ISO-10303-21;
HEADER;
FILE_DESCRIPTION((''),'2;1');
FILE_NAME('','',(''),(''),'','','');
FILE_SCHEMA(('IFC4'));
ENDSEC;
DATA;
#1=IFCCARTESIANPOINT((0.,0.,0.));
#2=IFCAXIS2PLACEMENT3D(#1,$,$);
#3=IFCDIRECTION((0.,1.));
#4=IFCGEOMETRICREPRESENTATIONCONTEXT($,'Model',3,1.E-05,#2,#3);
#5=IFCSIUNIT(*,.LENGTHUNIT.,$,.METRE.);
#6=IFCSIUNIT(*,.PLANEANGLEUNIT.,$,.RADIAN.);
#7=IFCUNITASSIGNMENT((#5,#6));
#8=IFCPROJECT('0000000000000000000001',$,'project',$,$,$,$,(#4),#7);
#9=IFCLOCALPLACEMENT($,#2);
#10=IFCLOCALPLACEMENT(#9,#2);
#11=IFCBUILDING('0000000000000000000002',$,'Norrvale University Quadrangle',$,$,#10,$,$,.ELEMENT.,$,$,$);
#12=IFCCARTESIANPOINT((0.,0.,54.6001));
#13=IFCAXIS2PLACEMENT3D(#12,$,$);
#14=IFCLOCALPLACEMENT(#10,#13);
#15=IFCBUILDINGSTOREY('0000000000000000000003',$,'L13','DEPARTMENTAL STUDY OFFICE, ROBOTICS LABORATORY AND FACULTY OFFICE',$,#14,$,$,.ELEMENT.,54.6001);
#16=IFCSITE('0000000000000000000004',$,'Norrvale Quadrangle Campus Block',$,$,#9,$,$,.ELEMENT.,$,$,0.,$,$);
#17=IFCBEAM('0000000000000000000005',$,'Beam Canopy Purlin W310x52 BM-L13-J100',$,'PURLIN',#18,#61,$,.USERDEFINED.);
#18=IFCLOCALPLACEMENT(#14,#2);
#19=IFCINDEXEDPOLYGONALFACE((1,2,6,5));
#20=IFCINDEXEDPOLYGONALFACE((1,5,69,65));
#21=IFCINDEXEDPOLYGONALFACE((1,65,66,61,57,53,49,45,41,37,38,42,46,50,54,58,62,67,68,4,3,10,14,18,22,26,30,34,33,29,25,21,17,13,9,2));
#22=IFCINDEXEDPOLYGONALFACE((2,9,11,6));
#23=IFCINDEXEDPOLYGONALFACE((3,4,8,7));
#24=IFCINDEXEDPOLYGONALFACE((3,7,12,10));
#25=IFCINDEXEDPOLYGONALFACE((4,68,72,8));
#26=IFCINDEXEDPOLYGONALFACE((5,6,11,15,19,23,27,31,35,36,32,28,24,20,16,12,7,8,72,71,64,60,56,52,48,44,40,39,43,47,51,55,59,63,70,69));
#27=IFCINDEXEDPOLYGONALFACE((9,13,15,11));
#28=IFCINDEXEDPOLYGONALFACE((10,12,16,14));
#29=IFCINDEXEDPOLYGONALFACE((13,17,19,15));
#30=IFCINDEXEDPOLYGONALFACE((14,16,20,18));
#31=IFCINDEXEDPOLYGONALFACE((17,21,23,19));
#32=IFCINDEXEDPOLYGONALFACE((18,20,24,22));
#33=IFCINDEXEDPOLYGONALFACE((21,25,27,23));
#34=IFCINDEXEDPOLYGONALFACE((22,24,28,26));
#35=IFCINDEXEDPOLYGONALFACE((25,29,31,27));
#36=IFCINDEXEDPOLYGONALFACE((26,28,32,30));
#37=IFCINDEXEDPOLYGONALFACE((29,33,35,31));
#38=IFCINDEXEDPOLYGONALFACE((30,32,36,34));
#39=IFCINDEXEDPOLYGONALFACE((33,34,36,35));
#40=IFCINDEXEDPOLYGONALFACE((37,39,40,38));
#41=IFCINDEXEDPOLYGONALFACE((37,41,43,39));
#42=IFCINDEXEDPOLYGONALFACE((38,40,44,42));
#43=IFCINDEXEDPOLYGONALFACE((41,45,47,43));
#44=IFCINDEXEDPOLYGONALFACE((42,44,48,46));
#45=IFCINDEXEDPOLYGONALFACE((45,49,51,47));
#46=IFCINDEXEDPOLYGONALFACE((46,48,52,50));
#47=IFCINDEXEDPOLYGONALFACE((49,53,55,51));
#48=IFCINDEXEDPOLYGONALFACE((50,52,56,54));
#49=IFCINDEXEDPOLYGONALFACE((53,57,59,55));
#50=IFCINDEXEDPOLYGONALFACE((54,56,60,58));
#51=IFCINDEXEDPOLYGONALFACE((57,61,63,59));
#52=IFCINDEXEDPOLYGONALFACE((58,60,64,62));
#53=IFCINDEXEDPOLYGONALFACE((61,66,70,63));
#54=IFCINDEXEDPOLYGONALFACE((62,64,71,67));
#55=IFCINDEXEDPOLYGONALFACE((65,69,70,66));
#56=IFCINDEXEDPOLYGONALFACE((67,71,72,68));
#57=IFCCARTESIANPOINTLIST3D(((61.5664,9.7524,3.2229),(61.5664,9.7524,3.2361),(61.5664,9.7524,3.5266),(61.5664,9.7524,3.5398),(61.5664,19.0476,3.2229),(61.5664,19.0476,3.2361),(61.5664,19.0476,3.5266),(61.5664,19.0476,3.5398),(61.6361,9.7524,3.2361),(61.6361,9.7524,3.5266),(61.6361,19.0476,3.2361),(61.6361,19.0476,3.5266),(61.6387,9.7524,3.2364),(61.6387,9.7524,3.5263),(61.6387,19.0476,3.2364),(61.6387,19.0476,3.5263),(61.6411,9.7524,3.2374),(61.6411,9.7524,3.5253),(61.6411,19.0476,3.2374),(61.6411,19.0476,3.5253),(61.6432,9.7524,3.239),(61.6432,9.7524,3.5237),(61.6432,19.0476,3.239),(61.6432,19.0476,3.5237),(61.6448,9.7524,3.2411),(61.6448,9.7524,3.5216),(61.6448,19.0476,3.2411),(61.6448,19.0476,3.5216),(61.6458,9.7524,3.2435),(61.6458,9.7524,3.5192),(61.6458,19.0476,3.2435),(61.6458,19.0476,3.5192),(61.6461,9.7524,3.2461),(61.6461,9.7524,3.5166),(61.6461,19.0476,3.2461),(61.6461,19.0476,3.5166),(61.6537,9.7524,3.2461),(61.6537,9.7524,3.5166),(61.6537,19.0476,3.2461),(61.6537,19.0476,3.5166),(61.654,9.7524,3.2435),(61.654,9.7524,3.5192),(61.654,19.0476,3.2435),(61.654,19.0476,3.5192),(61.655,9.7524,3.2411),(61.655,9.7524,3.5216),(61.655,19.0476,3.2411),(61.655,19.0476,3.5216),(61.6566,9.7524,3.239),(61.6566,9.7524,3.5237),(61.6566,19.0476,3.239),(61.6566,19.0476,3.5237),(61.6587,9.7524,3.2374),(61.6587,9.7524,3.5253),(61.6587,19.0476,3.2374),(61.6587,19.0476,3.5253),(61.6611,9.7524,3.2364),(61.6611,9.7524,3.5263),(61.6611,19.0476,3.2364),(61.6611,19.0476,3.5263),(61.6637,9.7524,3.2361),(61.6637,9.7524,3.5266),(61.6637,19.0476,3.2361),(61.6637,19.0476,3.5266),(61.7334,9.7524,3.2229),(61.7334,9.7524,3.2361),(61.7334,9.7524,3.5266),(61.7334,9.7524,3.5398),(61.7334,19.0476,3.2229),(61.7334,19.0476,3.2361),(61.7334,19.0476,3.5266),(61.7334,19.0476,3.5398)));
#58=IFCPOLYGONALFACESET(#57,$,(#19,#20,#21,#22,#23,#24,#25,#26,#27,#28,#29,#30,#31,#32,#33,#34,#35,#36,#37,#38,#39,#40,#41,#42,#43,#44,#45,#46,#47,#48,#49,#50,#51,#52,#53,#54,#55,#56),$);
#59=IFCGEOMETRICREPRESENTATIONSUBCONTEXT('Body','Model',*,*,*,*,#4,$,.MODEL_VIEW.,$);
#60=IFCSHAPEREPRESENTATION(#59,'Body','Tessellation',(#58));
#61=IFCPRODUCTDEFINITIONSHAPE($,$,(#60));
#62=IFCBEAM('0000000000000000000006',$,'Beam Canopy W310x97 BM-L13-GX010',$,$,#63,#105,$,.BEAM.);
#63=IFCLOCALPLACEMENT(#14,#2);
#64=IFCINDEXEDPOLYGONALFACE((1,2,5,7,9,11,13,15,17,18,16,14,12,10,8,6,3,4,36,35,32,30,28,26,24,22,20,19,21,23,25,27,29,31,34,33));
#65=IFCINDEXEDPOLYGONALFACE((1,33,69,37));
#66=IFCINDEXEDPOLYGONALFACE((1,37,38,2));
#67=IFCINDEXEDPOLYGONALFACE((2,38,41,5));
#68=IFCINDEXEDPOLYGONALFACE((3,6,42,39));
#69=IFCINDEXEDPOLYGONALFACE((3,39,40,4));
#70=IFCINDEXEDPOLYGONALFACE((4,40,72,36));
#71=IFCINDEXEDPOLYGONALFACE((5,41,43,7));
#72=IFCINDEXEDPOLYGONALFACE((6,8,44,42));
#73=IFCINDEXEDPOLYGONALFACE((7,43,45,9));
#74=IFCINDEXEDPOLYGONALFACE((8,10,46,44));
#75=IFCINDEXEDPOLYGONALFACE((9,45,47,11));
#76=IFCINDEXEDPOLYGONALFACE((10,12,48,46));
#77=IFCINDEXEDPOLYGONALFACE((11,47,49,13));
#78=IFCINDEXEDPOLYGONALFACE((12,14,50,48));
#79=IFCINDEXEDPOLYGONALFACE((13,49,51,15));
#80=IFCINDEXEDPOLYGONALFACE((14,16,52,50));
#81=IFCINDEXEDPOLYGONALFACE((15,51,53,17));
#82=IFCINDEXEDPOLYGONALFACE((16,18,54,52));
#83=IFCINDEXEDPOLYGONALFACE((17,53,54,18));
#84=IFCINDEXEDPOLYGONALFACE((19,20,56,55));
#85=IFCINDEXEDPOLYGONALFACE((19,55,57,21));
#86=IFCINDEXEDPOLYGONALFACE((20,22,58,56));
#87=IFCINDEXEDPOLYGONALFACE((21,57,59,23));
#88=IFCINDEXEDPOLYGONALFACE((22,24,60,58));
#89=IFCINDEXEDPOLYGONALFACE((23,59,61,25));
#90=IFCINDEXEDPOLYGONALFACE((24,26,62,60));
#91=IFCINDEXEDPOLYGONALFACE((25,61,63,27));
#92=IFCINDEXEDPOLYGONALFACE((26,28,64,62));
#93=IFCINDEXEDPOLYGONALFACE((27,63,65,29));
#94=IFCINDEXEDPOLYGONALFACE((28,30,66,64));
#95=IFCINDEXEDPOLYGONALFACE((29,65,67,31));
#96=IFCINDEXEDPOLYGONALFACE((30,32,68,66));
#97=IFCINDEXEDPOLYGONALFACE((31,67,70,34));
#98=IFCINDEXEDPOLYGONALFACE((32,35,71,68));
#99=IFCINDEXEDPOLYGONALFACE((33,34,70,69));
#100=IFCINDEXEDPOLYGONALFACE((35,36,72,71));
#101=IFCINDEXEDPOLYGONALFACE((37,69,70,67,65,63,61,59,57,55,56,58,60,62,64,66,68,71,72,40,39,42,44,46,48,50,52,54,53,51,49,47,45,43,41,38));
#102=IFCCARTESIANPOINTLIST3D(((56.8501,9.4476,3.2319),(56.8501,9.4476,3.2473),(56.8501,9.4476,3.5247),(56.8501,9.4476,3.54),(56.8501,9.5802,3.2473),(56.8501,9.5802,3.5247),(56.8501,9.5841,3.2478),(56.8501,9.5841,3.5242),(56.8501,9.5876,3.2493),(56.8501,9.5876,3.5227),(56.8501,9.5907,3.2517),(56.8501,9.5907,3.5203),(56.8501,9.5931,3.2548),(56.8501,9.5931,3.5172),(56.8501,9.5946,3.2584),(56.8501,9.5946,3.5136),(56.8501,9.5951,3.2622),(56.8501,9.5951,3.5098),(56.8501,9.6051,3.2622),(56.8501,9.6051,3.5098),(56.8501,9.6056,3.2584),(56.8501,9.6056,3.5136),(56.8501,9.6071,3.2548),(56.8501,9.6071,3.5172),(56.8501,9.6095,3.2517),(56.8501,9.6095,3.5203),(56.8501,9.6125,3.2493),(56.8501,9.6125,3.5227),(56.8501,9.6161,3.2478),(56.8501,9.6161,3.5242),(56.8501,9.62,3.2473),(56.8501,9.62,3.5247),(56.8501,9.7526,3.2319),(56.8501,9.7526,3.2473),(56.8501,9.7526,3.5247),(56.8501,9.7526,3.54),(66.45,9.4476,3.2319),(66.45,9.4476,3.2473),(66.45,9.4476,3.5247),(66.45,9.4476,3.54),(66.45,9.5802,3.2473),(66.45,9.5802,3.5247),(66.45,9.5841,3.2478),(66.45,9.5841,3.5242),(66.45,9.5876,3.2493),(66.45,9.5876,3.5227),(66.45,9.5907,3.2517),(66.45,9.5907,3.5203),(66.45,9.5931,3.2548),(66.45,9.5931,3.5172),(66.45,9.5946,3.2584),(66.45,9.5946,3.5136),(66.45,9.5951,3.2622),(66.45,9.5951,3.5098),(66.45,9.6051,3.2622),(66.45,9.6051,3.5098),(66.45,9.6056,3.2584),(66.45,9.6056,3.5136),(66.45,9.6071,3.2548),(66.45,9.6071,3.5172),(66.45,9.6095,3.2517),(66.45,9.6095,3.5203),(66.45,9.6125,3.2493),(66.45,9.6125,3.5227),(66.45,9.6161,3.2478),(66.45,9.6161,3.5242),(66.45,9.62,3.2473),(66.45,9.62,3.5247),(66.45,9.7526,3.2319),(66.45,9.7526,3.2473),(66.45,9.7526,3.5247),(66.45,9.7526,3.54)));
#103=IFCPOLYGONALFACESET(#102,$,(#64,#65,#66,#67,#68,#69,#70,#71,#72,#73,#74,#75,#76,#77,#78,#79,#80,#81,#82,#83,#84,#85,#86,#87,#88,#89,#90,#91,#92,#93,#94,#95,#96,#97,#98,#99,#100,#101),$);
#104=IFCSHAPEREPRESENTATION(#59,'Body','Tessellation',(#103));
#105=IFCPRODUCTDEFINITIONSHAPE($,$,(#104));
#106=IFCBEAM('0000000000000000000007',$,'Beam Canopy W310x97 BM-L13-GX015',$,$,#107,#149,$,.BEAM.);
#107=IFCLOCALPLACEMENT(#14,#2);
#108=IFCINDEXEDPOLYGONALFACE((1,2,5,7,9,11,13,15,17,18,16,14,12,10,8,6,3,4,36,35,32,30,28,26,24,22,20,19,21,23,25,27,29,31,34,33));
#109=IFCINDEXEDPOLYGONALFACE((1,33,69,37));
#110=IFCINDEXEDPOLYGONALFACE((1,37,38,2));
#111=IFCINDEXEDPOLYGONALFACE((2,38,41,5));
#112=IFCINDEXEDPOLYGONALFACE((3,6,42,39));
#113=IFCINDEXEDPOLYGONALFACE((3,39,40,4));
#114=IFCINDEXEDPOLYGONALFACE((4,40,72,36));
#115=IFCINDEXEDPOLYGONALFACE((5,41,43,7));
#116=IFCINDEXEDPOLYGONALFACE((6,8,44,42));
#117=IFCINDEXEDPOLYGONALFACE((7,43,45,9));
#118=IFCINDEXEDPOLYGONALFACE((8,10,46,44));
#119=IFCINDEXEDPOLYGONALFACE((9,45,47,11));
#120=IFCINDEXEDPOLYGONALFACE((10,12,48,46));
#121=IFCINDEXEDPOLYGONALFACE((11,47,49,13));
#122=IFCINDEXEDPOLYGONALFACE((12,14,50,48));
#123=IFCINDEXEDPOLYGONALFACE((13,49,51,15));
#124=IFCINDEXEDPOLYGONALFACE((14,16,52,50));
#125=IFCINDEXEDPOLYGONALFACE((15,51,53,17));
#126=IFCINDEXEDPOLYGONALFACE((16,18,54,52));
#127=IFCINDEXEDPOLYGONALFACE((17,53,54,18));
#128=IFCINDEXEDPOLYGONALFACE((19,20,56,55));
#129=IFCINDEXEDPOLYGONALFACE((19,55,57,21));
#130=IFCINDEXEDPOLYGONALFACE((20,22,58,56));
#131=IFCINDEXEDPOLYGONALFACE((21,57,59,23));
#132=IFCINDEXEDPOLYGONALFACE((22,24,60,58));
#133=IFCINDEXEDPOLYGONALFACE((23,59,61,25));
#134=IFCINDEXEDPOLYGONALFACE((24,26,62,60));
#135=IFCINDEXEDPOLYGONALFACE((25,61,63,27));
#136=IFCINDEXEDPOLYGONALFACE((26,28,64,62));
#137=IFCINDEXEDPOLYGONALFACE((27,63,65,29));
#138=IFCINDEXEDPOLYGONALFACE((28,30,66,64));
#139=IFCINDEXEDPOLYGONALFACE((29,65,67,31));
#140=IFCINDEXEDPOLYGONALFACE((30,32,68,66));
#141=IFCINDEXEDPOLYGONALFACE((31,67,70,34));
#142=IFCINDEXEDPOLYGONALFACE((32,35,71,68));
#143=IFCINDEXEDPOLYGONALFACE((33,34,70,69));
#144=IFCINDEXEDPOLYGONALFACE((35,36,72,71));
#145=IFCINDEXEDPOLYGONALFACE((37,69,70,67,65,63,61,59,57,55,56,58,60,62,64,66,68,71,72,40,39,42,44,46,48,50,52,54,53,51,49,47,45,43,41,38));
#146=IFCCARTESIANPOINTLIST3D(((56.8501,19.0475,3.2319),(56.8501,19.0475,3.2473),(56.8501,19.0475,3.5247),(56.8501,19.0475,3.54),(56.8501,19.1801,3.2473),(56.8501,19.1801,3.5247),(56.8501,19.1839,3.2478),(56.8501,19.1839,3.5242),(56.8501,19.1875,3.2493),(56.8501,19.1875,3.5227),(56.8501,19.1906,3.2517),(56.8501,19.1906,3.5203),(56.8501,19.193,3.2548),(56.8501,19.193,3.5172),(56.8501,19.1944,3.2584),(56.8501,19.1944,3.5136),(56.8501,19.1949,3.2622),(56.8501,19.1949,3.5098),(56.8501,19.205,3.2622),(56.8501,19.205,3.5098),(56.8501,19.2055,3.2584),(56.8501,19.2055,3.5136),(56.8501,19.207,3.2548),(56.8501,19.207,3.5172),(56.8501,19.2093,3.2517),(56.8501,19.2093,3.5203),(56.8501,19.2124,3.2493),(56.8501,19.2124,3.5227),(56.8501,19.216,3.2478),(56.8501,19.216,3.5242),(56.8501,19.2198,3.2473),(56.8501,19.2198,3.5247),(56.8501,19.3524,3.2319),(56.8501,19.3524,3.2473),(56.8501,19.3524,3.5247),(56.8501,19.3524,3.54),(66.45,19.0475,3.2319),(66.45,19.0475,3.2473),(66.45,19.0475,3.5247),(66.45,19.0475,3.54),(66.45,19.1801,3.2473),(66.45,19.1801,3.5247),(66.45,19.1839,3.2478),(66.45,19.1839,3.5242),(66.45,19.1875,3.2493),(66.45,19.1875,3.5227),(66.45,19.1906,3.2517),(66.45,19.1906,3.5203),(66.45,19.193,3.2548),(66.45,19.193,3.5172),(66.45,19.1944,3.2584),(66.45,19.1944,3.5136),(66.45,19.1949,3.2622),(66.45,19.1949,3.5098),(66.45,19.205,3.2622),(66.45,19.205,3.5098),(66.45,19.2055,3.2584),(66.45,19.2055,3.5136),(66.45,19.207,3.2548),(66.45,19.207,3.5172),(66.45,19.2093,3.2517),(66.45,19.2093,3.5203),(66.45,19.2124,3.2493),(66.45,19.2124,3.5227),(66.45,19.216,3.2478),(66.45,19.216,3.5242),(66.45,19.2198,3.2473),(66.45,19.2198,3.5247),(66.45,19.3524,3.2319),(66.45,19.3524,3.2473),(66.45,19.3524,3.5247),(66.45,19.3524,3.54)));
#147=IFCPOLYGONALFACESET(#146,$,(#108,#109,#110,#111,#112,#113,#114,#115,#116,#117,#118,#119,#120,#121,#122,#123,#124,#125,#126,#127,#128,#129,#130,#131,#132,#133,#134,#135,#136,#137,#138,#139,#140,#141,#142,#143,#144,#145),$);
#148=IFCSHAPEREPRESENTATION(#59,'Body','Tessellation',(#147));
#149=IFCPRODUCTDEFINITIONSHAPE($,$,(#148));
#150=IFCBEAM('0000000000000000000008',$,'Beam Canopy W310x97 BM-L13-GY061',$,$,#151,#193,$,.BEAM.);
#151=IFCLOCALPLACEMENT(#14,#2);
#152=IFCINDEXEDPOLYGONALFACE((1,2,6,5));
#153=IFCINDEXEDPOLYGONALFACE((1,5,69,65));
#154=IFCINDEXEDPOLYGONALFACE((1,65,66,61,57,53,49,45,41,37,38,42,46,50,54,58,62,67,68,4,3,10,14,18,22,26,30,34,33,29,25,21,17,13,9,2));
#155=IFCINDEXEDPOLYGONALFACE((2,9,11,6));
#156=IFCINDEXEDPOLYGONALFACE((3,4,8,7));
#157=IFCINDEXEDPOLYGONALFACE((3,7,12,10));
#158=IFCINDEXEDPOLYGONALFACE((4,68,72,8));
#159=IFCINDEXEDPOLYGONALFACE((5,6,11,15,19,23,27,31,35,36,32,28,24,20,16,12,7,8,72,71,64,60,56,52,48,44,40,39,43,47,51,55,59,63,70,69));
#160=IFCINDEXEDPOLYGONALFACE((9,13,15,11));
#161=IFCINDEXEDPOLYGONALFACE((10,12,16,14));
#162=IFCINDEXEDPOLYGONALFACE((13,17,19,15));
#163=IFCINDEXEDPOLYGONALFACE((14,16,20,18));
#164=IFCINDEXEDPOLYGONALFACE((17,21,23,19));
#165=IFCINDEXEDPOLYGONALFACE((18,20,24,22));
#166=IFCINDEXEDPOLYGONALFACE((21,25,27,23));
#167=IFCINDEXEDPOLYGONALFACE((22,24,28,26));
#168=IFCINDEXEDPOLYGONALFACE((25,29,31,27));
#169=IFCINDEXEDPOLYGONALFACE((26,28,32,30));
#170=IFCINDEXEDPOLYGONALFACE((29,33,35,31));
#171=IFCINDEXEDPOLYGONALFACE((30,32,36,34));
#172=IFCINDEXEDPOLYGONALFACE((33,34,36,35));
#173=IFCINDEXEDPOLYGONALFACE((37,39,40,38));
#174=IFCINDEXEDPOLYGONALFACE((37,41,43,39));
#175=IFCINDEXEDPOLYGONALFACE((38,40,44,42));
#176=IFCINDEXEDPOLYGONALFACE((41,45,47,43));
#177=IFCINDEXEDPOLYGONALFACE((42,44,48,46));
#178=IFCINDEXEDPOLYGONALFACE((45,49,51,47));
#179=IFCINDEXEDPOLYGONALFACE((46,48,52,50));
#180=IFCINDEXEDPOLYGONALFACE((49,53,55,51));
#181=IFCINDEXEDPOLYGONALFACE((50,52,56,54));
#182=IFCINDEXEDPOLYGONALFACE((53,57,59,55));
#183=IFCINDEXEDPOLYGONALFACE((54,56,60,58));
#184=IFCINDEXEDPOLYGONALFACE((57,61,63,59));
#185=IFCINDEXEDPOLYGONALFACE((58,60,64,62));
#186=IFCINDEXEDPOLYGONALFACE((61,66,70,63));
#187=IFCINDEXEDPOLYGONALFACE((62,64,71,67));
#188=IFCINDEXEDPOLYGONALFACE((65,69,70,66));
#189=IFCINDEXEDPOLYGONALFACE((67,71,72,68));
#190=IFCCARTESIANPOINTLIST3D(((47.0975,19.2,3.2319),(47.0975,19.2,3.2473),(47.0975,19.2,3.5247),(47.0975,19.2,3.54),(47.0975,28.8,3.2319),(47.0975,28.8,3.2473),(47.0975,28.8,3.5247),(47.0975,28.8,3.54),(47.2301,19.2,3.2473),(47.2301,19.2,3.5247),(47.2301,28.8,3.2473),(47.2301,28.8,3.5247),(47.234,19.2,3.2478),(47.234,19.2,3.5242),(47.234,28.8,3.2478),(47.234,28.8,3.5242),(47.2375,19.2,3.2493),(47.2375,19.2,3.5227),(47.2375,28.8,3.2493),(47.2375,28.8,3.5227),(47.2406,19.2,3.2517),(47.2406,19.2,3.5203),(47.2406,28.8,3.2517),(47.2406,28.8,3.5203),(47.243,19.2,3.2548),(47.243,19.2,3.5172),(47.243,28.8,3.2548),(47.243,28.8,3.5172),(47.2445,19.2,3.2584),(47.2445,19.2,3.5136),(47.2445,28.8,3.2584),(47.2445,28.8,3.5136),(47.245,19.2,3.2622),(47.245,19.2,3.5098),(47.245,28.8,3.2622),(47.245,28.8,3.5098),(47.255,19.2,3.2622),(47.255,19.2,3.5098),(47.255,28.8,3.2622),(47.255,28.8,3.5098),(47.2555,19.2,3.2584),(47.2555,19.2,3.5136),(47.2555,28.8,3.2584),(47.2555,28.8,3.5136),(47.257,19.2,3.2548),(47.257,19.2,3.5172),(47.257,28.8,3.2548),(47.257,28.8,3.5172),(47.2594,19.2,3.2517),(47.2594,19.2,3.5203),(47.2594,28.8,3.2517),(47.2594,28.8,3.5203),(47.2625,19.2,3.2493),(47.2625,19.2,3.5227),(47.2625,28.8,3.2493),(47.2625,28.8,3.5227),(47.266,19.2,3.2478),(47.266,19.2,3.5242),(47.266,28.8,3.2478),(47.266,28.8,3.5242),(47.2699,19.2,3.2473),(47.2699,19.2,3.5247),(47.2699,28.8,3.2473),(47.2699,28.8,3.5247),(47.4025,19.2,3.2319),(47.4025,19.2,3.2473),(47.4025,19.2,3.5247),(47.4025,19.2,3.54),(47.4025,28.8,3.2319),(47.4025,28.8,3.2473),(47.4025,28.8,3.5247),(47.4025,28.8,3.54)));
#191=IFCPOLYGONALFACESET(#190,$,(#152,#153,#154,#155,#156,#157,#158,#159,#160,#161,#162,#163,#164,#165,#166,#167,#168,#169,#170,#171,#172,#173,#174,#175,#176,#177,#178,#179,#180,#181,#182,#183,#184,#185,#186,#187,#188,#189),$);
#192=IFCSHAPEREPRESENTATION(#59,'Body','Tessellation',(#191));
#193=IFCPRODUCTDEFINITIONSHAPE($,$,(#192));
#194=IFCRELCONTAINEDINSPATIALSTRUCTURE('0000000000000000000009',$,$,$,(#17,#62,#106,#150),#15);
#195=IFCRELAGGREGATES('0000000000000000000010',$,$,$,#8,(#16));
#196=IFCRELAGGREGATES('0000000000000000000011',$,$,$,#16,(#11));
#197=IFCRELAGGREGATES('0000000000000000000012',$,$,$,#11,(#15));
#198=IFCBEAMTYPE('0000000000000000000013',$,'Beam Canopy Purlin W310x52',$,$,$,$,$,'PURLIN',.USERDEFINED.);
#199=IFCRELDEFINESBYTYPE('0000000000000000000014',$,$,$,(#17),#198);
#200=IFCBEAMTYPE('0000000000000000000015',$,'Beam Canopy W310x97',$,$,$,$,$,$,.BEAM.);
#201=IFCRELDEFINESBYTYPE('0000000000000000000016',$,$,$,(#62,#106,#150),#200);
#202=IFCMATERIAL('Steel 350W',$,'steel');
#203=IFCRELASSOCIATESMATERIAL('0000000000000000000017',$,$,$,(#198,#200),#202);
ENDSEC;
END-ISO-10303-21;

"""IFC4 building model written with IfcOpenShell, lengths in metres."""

from ifc_helpers import new_model, si_unit, direction, frame, origin, origin_2d, place, context, subcontext, project, spatial, i_section, extrude, material, material_profile, profile_set, type_object, element, save


model = new_model("IFC4")

# Units and contexts
model_context = context("Model", 3, precision=1e-05, world=origin(), true_north=direction((0.0, 1.0)))
body_context = subcontext(model_context, "Body", "Model", "MODEL_VIEW")
ifc_project = project(units=[si_unit("LENGTHUNIT", "METRE"), si_unit("PLANEANGLEUNIT", "RADIAN")], contexts=[model_context])

# Site, building, storey
site_placement = place(None, origin())
site = spatial("IfcSite", under=ifc_project, at=site_placement, Name="Norrvale Quadrangle Campus Block", CompositionType="ELEMENT", RefElevation=0.0)
building_placement = place(site_placement, origin())
building = spatial("IfcBuilding", under=site, at=building_placement, Name="Norrvale University Quadrangle", CompositionType="ELEMENT")
storey_placement = place(building_placement, frame((0.0, 0.0, 54.6001)))
storey = spatial("IfcBuildingStorey", under=building, at=storey_placement, Name="L13", Description="DEPARTMENTAL STUDY OFFICE, ROBOTICS LABORATORY AND FACULTY OFFICE", CompositionType="ELEMENT", Elevation=54.6001)

# Beams
ifc_material_1 = material(Name="Steel 350W", Category="steel")
ifc_material_profile_1 = material_profile(ifc_material_1, i_section(OverallWidth=0.167, OverallDepth=0.3169, WebThickness=0.0076, FlangeThickness=0.0132, FilletRadius=0.01, at=origin_2d()), Name="Steel 350W")
ifc_profile_set_1 = profile_set([ifc_material_profile_1], Name="Steel 350W")
beam_type_1 = type_object("IfcBeamType", Name="Beam Canopy Purlin W310x52", ElementType="PURLIN", PredefinedType="USERDEFINED", material=ifc_profile_set_1)
for number, where, z_axis, x_axis, name in (
    (1, (61.6499, 9.7524, 3.3813), (0.0, 1.0, 0.0), (-1.0, 0.0, 0.0), "Beam Canopy Purlin W310x52 BM-L13-J100"),
):
    element("IfcBeam", number, at=place(storey_placement, frame(where, z_axis=z_axis, x_axis=x_axis)), inside=storey, type_object=beam_type_1, Name=name, ObjectType="PURLIN", PredefinedType="USERDEFINED", context=body_context, shape_type="SweptSolid", body=[
        extrude(i_section(OverallWidth=0.167, OverallDepth=0.3169, WebThickness=0.0076, FlangeThickness=0.0132, FilletRadius=0.01, at=origin_2d()), origin(), (0.0, 0.0, 1.0), 9.2952),
    ])
ifc_material_profile_2 = material_profile(ifc_material_1, i_section(OverallWidth=0.3049, OverallDepth=0.3081, WebThickness=0.01, FlangeThickness=0.0154, FilletRadius=0.0149, at=origin_2d()), Name="Steel 350W")
ifc_profile_set_2 = profile_set([ifc_material_profile_2], Name="Steel 350W")
beam_type_2 = type_object("IfcBeamType", Name="Beam Canopy W310x97", PredefinedType="BEAM", material=ifc_profile_set_2)
for number, where, z_axis, x_axis, name in (
    (2, (56.8501, 9.6001, 3.386), (1.0, 0.0, 0.0), (0.0, 1.0, 0.0), "Beam Canopy W310x97 BM-L13-GX010"),
    (3, (56.8501, 19.2, 3.386), (1.0, 0.0, 0.0), (0.0, 1.0, 0.0), "Beam Canopy W310x97 BM-L13-GX015"),
):
    element("IfcBeam", number, at=place(storey_placement, frame(where, z_axis=z_axis, x_axis=x_axis)), inside=storey, type_object=beam_type_2, Name=name, PredefinedType="BEAM", context=body_context, shape_type="SweptSolid", body=[
        extrude(i_section(OverallWidth=0.3049, OverallDepth=0.3081, WebThickness=0.01, FlangeThickness=0.0154, FilletRadius=0.0149, at=origin_2d()), origin(), (0.0, 0.0, 1.0), 9.5999),
    ])
beam_1_placement = place(storey_placement, frame((47.25, 19.2, 3.386), z_axis=(0.0, 1.0, 0.0), x_axis=(-1.0, 0.0, 0.0)))
element("IfcBeam", 4, at=beam_1_placement, inside=storey, type_object=beam_type_2, Name="Beam Canopy W310x97 BM-L13-GY061", PredefinedType="BEAM", context=body_context, shape_type="SweptSolid", body=[
    extrude(i_section(OverallWidth=0.3049, OverallDepth=0.3081, WebThickness=0.01, FlangeThickness=0.0154, FilletRadius=0.0149, at=origin_2d()), origin(), (0.0, 0.0, 1.0), 9.6001),
])

save(model, "model.ifc")
